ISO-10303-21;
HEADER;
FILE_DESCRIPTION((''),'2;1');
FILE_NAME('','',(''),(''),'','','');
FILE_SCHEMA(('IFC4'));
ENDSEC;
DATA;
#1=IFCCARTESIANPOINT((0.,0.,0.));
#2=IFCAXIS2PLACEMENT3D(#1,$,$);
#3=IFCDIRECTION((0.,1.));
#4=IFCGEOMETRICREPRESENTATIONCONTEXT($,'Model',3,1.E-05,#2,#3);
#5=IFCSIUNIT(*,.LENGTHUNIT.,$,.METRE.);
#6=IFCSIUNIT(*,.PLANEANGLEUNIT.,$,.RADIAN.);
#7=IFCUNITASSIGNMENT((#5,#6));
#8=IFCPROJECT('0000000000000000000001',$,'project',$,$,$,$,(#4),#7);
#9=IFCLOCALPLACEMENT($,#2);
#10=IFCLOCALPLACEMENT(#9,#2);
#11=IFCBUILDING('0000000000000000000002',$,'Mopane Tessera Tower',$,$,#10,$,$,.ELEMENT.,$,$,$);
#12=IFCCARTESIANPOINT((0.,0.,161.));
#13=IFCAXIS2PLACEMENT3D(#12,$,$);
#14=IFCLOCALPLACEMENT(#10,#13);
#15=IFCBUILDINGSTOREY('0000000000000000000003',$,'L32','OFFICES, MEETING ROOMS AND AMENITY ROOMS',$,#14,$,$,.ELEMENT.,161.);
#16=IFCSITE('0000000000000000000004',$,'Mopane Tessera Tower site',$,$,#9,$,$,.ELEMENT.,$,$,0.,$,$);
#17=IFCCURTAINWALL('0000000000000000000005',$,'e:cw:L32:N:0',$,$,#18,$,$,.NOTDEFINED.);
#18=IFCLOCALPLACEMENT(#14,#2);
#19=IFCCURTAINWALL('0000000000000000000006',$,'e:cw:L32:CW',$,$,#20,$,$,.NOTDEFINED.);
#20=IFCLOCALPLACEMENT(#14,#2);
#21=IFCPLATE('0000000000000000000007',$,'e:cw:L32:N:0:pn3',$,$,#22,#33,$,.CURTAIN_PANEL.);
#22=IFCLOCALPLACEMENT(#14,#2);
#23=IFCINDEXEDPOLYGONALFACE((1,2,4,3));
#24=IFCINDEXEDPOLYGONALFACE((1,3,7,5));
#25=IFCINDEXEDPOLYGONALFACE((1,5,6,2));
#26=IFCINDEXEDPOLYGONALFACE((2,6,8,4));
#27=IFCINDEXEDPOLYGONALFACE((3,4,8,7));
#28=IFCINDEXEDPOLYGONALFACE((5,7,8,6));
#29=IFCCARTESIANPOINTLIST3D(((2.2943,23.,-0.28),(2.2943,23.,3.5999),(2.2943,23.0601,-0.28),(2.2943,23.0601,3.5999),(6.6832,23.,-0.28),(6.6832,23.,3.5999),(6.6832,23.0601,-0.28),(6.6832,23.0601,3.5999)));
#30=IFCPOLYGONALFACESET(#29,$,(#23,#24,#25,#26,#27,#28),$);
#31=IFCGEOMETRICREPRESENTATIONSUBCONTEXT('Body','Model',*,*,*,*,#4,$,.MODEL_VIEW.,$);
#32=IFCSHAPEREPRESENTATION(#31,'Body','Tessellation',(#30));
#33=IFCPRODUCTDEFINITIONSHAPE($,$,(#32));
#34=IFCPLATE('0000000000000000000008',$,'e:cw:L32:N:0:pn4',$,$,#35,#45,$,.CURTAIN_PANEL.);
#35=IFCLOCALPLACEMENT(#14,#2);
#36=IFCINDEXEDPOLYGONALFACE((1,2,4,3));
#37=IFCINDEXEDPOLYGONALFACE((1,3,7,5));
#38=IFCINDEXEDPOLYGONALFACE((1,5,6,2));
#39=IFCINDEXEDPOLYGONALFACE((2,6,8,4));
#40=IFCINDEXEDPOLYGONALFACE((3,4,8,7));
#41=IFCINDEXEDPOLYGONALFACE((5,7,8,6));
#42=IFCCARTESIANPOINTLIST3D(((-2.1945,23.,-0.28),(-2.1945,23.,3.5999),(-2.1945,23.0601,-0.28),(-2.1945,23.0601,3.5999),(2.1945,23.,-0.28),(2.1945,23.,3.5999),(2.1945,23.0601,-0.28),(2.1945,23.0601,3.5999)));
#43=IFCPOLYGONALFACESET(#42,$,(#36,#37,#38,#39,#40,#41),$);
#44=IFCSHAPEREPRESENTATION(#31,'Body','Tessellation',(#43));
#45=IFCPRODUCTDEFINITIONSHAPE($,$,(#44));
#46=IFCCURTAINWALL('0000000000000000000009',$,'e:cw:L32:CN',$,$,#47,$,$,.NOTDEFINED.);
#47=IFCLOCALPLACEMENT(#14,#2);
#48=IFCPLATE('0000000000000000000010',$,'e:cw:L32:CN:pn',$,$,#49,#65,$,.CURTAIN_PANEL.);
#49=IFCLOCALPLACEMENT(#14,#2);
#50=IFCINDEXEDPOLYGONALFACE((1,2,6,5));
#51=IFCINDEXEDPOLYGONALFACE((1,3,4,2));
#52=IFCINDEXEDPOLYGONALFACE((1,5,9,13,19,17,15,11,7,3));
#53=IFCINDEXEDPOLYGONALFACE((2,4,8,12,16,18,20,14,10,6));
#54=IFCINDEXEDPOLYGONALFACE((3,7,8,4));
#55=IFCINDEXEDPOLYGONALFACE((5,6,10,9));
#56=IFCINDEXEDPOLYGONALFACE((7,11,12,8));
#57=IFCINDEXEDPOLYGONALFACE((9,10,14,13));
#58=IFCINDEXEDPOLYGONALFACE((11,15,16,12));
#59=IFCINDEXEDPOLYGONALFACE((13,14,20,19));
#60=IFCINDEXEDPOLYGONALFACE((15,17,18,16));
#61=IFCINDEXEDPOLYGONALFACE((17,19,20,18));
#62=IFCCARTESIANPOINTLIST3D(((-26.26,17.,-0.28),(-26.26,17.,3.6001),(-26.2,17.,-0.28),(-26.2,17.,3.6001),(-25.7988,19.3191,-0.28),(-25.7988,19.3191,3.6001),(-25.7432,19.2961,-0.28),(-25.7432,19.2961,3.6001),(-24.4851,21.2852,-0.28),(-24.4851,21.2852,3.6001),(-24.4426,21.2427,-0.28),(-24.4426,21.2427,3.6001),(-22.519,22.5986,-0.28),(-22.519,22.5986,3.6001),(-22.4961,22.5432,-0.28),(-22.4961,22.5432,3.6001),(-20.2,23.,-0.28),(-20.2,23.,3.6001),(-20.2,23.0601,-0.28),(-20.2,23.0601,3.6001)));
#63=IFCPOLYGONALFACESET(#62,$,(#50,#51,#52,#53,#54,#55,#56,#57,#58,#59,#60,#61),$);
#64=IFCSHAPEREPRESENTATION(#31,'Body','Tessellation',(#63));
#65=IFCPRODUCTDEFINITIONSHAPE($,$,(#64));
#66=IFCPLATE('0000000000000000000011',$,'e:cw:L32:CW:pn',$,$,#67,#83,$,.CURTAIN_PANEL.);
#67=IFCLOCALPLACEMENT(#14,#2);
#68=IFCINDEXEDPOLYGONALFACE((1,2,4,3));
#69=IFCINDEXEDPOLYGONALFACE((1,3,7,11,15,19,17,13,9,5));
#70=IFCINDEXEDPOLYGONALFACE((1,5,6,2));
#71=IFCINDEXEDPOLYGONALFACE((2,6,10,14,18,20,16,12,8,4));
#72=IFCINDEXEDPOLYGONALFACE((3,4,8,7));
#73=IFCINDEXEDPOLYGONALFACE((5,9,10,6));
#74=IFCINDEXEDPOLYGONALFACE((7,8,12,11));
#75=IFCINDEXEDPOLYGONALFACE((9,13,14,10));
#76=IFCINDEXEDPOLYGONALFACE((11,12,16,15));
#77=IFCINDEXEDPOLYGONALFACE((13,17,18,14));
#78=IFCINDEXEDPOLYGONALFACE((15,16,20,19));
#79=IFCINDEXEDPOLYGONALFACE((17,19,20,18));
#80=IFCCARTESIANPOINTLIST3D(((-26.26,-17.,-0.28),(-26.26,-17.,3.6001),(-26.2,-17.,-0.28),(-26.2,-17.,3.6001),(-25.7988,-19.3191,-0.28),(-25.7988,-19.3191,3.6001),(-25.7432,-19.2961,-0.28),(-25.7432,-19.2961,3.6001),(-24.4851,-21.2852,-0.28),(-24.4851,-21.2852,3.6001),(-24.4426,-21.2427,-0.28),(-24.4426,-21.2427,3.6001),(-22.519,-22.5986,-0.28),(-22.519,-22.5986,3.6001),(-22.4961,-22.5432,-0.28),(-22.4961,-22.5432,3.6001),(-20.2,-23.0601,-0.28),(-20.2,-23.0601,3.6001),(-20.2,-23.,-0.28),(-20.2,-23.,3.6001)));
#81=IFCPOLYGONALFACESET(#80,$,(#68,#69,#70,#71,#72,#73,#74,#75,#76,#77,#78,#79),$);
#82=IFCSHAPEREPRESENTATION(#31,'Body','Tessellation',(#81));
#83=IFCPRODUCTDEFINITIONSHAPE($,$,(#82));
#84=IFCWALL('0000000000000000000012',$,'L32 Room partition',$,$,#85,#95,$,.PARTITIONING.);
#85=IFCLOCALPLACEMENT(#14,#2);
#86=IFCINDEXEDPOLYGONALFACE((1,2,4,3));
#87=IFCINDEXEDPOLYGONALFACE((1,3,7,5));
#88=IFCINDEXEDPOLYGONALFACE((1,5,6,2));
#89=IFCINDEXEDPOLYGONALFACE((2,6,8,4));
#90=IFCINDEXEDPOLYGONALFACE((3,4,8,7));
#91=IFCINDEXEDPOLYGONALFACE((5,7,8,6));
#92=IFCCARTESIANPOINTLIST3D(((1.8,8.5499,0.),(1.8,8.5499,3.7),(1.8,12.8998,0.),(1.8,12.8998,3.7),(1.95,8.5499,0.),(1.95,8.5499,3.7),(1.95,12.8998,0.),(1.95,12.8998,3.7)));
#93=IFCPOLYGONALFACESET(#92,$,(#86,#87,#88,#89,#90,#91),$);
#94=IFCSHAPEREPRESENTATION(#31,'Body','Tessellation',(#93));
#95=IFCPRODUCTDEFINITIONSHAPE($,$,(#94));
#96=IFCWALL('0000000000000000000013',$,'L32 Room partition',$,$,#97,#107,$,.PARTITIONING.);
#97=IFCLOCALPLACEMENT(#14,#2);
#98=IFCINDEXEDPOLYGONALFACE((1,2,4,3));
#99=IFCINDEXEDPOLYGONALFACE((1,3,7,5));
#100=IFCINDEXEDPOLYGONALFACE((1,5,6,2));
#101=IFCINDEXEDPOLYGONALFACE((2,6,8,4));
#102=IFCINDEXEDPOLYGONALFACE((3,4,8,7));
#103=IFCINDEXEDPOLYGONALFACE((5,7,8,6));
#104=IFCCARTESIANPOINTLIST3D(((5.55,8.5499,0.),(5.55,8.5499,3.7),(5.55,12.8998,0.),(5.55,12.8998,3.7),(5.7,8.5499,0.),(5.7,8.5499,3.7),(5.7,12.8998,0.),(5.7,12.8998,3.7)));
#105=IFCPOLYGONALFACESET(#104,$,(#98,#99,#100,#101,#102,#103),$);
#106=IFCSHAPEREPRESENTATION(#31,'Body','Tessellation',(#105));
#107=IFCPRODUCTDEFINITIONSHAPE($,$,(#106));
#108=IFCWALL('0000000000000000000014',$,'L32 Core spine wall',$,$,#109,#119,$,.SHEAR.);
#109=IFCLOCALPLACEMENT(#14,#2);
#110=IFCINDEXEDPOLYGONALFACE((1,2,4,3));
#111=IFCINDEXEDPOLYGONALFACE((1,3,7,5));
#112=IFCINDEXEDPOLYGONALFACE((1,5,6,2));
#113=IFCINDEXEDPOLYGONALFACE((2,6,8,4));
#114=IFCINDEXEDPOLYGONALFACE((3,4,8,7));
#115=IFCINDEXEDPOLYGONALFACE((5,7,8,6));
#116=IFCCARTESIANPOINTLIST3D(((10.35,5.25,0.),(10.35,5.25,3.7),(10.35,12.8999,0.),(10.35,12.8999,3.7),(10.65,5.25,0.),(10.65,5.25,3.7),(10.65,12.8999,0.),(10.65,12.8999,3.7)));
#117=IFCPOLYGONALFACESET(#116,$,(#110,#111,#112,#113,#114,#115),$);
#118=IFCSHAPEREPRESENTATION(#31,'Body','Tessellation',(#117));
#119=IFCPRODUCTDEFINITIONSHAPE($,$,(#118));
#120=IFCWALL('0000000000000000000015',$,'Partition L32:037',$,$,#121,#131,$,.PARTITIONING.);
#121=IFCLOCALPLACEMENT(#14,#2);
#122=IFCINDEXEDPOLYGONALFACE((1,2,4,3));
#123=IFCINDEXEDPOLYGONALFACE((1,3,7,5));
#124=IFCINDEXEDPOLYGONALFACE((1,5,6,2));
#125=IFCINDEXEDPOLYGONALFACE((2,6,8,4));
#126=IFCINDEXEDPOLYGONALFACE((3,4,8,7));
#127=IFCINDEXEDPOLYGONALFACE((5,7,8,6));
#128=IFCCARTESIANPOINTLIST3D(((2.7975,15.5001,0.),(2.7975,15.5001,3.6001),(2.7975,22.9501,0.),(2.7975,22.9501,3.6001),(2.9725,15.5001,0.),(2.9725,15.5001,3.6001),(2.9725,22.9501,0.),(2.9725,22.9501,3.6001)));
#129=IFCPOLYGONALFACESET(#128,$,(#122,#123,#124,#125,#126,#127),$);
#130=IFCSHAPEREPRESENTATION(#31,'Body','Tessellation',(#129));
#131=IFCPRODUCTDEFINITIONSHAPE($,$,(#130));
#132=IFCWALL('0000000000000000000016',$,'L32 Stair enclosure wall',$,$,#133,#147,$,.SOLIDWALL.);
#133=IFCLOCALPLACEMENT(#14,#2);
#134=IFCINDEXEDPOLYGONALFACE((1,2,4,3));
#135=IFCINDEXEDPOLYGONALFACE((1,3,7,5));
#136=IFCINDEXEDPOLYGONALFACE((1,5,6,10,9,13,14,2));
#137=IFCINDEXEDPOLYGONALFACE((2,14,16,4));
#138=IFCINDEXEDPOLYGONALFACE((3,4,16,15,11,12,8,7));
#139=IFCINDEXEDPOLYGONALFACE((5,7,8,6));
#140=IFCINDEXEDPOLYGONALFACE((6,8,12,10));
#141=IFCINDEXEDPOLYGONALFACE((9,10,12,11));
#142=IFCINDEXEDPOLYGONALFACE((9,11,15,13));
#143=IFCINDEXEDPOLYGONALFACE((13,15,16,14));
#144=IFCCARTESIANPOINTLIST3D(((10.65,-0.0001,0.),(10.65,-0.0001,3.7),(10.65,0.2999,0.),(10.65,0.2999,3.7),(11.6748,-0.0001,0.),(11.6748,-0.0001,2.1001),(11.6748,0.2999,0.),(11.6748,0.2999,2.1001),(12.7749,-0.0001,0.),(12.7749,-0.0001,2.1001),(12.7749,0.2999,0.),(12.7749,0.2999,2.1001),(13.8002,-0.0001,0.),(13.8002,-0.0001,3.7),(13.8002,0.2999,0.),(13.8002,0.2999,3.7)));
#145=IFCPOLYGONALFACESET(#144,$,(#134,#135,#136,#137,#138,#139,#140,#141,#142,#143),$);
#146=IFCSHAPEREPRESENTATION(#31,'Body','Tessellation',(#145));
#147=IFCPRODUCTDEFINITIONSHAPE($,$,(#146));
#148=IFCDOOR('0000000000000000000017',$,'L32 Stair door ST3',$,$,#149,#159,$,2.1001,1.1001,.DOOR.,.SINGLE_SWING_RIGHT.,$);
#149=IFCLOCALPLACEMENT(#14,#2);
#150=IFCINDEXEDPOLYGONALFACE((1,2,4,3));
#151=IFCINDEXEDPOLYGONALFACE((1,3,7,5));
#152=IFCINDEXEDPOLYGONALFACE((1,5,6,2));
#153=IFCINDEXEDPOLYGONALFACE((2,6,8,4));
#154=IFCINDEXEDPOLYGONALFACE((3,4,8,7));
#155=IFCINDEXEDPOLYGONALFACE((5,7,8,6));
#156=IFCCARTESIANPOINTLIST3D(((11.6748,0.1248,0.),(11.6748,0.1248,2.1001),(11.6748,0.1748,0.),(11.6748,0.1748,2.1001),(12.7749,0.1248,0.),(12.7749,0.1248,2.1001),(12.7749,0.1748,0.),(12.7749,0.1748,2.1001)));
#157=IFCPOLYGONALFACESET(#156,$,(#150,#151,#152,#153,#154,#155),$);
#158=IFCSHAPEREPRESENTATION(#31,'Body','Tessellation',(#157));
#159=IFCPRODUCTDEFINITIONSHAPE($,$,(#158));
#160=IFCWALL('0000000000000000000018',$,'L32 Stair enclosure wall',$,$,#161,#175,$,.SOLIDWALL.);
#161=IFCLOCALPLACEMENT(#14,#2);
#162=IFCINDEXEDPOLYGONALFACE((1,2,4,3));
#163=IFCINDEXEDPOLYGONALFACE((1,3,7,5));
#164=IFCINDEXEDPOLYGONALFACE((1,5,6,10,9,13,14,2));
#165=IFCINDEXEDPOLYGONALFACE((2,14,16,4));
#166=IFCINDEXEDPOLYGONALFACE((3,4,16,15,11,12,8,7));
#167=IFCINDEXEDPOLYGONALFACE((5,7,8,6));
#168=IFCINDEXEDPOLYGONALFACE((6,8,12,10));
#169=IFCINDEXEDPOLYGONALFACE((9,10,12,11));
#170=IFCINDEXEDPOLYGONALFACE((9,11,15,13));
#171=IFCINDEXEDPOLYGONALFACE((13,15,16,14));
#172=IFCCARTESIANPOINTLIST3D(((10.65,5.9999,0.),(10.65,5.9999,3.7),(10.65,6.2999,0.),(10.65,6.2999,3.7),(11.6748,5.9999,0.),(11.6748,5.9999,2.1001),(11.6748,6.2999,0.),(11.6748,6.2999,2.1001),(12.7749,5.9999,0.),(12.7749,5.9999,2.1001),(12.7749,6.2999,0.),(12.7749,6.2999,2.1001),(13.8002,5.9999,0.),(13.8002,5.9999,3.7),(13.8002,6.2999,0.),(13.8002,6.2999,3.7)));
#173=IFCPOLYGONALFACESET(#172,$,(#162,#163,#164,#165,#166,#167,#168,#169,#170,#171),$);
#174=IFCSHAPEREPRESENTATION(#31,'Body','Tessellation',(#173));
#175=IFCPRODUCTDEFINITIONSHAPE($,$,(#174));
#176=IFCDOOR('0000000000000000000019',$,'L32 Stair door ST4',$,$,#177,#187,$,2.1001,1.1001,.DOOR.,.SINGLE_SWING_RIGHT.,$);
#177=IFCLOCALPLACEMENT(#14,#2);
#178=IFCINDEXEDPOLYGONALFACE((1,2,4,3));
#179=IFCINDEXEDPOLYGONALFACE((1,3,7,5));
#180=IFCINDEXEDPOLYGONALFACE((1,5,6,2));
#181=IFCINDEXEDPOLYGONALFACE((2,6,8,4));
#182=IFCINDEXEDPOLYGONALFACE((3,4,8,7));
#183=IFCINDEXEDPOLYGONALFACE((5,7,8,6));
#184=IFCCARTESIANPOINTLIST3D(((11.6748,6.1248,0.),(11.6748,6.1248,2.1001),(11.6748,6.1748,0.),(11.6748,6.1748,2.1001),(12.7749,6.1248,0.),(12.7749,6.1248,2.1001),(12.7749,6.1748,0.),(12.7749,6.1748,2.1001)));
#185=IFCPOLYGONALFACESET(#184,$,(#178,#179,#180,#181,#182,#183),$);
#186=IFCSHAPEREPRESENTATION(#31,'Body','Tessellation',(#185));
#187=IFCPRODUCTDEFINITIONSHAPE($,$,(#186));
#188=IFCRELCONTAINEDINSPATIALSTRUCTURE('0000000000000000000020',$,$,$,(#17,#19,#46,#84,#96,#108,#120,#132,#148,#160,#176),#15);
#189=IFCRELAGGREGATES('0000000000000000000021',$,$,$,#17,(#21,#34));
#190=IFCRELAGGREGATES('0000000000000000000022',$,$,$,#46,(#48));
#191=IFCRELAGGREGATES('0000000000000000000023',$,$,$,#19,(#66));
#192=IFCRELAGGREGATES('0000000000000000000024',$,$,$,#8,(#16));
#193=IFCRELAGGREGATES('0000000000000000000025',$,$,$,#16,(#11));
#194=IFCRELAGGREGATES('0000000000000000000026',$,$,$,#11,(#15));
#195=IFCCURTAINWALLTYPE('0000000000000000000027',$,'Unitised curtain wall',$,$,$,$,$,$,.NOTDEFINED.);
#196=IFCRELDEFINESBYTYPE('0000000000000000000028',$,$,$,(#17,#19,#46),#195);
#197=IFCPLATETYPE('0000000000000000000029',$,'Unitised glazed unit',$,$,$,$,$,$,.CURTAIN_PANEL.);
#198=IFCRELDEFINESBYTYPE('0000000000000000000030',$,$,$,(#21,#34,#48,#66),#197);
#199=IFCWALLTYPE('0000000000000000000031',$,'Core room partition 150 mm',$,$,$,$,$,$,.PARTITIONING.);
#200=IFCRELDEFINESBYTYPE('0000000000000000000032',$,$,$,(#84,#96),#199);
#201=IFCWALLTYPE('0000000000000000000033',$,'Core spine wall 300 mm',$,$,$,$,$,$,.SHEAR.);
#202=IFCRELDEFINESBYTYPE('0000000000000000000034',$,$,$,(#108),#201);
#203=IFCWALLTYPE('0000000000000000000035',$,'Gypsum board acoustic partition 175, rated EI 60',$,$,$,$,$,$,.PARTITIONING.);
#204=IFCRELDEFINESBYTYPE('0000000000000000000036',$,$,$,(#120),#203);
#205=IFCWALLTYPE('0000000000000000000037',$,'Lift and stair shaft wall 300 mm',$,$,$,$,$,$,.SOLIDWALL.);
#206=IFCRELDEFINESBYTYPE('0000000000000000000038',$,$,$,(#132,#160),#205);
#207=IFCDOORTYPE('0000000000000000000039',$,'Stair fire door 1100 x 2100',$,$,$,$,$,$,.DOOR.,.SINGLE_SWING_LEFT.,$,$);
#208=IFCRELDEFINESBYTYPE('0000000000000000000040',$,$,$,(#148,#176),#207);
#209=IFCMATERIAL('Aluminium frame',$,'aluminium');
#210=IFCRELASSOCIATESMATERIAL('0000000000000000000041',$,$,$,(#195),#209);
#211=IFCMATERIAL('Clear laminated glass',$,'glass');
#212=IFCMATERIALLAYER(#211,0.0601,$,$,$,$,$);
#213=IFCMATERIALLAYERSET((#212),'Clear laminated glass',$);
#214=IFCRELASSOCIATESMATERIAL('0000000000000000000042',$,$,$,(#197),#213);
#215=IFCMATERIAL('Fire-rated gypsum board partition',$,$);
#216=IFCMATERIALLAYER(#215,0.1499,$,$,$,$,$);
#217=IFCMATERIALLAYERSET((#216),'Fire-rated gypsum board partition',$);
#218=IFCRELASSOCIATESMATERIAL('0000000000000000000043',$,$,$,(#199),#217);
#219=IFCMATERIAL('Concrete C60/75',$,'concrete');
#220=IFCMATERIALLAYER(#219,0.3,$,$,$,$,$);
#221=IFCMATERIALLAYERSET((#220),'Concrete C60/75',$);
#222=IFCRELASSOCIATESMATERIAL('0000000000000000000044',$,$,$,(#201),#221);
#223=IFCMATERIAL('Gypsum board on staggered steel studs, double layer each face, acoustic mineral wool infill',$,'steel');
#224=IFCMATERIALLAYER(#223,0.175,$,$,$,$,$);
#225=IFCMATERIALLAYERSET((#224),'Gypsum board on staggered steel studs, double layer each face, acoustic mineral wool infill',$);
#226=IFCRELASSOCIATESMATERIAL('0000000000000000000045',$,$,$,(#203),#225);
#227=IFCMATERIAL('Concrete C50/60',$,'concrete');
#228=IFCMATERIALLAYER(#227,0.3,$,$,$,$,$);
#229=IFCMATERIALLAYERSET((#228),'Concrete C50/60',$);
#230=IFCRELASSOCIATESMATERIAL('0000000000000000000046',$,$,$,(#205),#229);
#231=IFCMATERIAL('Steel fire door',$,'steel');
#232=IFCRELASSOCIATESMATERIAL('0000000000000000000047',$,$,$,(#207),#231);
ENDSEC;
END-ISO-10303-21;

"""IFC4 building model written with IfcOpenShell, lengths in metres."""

from ifc_helpers import new_model, si_unit, direction, frame, frame_2d, origin, origin_2d, place, context, subcontext, project, spatial, polyline, rectangle, outline, extrude, material, layer, layer_set, type_object, element, fill, aggregate, save


model = new_model("IFC4")

# Units and contexts
model_context = context("Model", 3, precision=1e-05, world=origin(), true_north=direction((0.0, 1.0)))
body_context = subcontext(model_context, "Body", "Model", "MODEL_VIEW")
ifc_project = project(units=[si_unit("LENGTHUNIT", "METRE"), si_unit("PLANEANGLEUNIT", "RADIAN")], contexts=[model_context])

# Site, building, storey
site_placement = place(None, origin())
site = spatial("IfcSite", under=ifc_project, at=site_placement, Name="Mopane Tessera Tower site", CompositionType="ELEMENT", RefElevation=0.0)
building_placement = place(site_placement, origin())
building = spatial("IfcBuilding", under=site, at=building_placement, Name="Mopane Tessera Tower", CompositionType="ELEMENT")
storey_placement = place(building_placement, frame((0.0, 0.0, 161.0)))
storey = spatial("IfcBuildingStorey", under=building, at=storey_placement, Name="L32", Description="OFFICES, MEETING ROOMS AND AMENITY ROOMS", CompositionType="ELEMENT", Elevation=161.0)

# Curtain wall
ifc_material_1 = material(Name="Aluminium frame", Category="aluminium")
curtain_wall_type = type_object("IfcCurtainWallType", Name="Unitised curtain wall", PredefinedType="NOTDEFINED", material=ifc_material_1)
curtain_wall_1_placement = place(storey_placement, origin())
curtain_wall_1 = element("IfcCurtainWall", 1, at=curtain_wall_1_placement, inside=storey, type_object=curtain_wall_type, Name="e:cw:L32:N:0", PredefinedType="NOTDEFINED")

# Curtain wall
curtain_wall_2_placement = place(storey_placement, origin())
curtain_wall_2 = element("IfcCurtainWall", 2, at=curtain_wall_2_placement, inside=storey, type_object=curtain_wall_type, Name="e:cw:L32:CW", PredefinedType="NOTDEFINED")

# Plates
ifc_material_2 = material(Name="Clear laminated glass", Category="glass")
ifc_layer_1 = layer(ifc_material_2, 0.0601)
ifc_layer_set_1 = layer_set([ifc_layer_1], Name="Clear laminated glass")
plate_type = type_object("IfcPlateType", Name="Unitised glazed unit", PredefinedType="CURTAIN_PANEL", material=ifc_layer_set_1)
plate_1_placement = place(storey_placement, frame((4.4888, 23.03, -0.28), z_axis=(0.0, 0.0, 1.0), x_axis=(-1.0, 0.0, 0.0)))
plate_1 = element("IfcPlate", 3, at=plate_1_placement, type_object=plate_type, Name="e:cw:L32:N:0:pn3", PredefinedType="CURTAIN_PANEL", context=body_context, shape_type="SweptSolid", body=[
    extrude(rectangle(XDim=4.3889, YDim=0.0601, at=origin_2d()), origin(), (0.0, 0.0, 1.0), 3.8799),
])
plate_2_placement = place(storey_placement, frame((0.0, 23.03, -0.28), z_axis=(0.0, 0.0, 1.0), x_axis=(-1.0, 0.0, 0.0)))
plate_2 = element("IfcPlate", 4, at=plate_2_placement, type_object=plate_type, Name="e:cw:L32:N:0:pn4", PredefinedType="CURTAIN_PANEL", context=body_context, shape_type="SweptSolid", body=[
    extrude(rectangle(XDim=4.3889, YDim=0.0601, at=origin_2d()), origin(), (0.0, 0.0, 1.0), 3.8799),
])
aggregate(curtain_wall_1, [plate_1, plate_2])

# Curtain wall, plate
curtain_wall_3_placement = place(storey_placement, origin())
curtain_wall_3 = element("IfcCurtainWall", 5, at=curtain_wall_3_placement, inside=storey, type_object=curtain_wall_type, Name="e:cw:L32:CN", PredefinedType="NOTDEFINED")
plate_3_placement = place(storey_placement, frame((0.0, 0.0, -0.28)))
plate_3 = element("IfcPlate", 6, at=plate_3_placement, type_object=plate_type, Name="e:cw:L32:CN:pn", PredefinedType="CURTAIN_PANEL", context=body_context, shape_type="SweptSolid", body=[
    extrude(outline(polyline([(-20.2, 23.0), (-22.4961, 22.5432), (-24.4426, 21.2427), (-25.7432, 19.2961), (-26.2, 17.0), (-26.26, 17.0), (-25.7988, 19.3191), (-24.4851, 21.2852), (-22.519, 22.5986), (-20.2, 23.0601), (-20.2, 23.0)])), origin(), (0.0, 0.0, 1.0), 3.8801),
])
aggregate(curtain_wall_3, [plate_3])

# Plate
plate_4_placement = place(storey_placement, frame((0.0, 0.0, -0.28)))
plate_4 = element("IfcPlate", 7, at=plate_4_placement, type_object=plate_type, Name="e:cw:L32:CW:pn", PredefinedType="CURTAIN_PANEL", context=body_context, shape_type="SweptSolid", body=[
    extrude(outline(polyline([(-26.2, -17.0), (-25.7432, -19.2961), (-24.4426, -21.2427), (-22.4961, -22.5432), (-20.2, -23.0), (-20.2, -23.0601), (-22.519, -22.5986), (-24.4851, -21.2852), (-25.7988, -19.3191), (-26.26, -17.0), (-26.2, -17.0)])), origin(), (0.0, 0.0, 1.0), 3.8801),
])
aggregate(curtain_wall_2, [plate_4])

# Walls
ifc_material_3 = material(Name="Fire-rated gypsum board partition")
ifc_layer_2 = layer(ifc_material_3, 0.1499)
ifc_layer_set_2 = layer_set([ifc_layer_2], Name="Fire-rated gypsum board partition")
wall_type_1 = type_object("IfcWallType", Name="Core room partition 150 mm", PredefinedType="PARTITIONING", material=ifc_layer_set_2)
for number, where, z_axis, x_axis, name in (
    (8, (1.875, 8.55, 0.0), (0.0, 0.0, 1.0), (0.0, 1.0, 0.0), "L32 Room partition"),
    (9, (5.625, 8.55, 0.0), (0.0, 0.0, 1.0), (0.0, 1.0, 0.0), "L32 Room partition"),
):
    element("IfcWall", number, at=place(storey_placement, frame(where, z_axis=z_axis, x_axis=x_axis)), inside=storey, type_object=wall_type_1, Name=name, PredefinedType="PARTITIONING", context=body_context, shape_type="SweptSolid", body=[
        extrude(rectangle(XDim=4.3499, YDim=0.1499, at=frame_2d((2.1748, 0.0))), origin(), (0.0, 0.0, 1.0), 3.7),
    ])
ifc_material_4 = material(Name="Concrete C60/75", Category="concrete")
ifc_layer_3 = layer(ifc_material_4, 0.3)
ifc_layer_set_3 = layer_set([ifc_layer_3], Name="Concrete C60/75")
wall_type_2 = type_object("IfcWallType", Name="Core spine wall 300 mm", PredefinedType="SHEAR", material=ifc_layer_set_3)
wall_1_placement = place(storey_placement, frame((10.5, 5.25, 0.0), z_axis=(0.0, 0.0, 1.0), x_axis=(0.0, 1.0, 0.0)))
element("IfcWall", 10, at=wall_1_placement, inside=storey, type_object=wall_type_2, Name="L32 Core spine wall", PredefinedType="SHEAR", context=body_context, shape_type="SweptSolid", body=[
    extrude(rectangle(XDim=7.6499, YDim=0.3, at=frame_2d((3.825, 0.0))), origin(), (0.0, 0.0, 1.0), 3.7),
])
ifc_material_5 = material(Name="Gypsum board on staggered steel studs, double layer each face, acoustic mineral wool infill", Category="steel")
ifc_layer_4 = layer(ifc_material_5, 0.175)
ifc_layer_set_4 = layer_set([ifc_layer_4], Name="Gypsum board on staggered steel studs, double layer each face, acoustic mineral wool infill")
wall_type_3 = type_object("IfcWallType", Name="Gypsum board acoustic partition 175, rated EI 60", PredefinedType="PARTITIONING", material=ifc_layer_set_4)
wall_2_placement = place(storey_placement, frame((2.885, 15.5, 0.0), z_axis=(0.0, 0.0, 1.0), x_axis=(0.0, 1.0, 0.0)))
element("IfcWall", 11, at=wall_2_placement, inside=storey, type_object=wall_type_3, Name="Partition L32:037", PredefinedType="PARTITIONING", context=body_context, shape_type="SweptSolid", body=[
    extrude(rectangle(XDim=7.45, YDim=0.175, at=frame_2d((3.7251, 0.0))), origin(), (0.0, 0.0, 1.0), 3.6001),
])

# Walls, openings, doors
ifc_material_6 = material(Name="Concrete C50/60", Category="concrete")
ifc_layer_5 = layer(ifc_material_6, 0.3)
ifc_layer_set_5 = layer_set([ifc_layer_5], Name="Concrete C50/60")
wall_type_4 = type_object("IfcWallType", Name="Lift and stair shaft wall 300 mm", PredefinedType="SOLIDWALL", material=ifc_layer_set_5)
wall_3_placement = place(storey_placement, frame((10.6499, 0.1499, 0.0), z_axis=(0.0, 0.0, 1.0), x_axis=(1.0, 0.0, 0.0)))
wall_3 = element("IfcWall", 12, at=wall_3_placement, inside=storey, type_object=wall_type_4, Name="L32 Stair enclosure wall", PredefinedType="SOLIDWALL", context=body_context, shape_type="SweptSolid", body=[
    extrude(rectangle(XDim=3.1501, YDim=0.3, at=frame_2d((1.5752, 0.0))), origin(), (0.0, 0.0, 1.0), 3.7),
])
opening_1_placement = place(wall_3_placement, frame((1.0249, 0.0, 0.0)))
opening_1 = element("IfcOpeningElement", 13, at=opening_1_placement, cuts=wall_3, PredefinedType="OPENING", context=body_context, shape_type="SweptSolid", body=[
    extrude(rectangle(XDim=1.1001, YDim=2.1001, at=frame_2d((0.55, 1.05))), frame((0.0, 0.1621, 0.0), z_axis=(0.0, -1.0, 0.0), x_axis=(1.0, 0.0, 0.0)), (0.0, 0.0, 1.0), 0.324),
])
ifc_material_7 = material(Name="Steel fire door", Category="steel")
door_type = type_object("IfcDoorType", Name="Stair fire door 1100 x 2100", OperationType="SINGLE_SWING_LEFT", PredefinedType="DOOR", material=ifc_material_7)
door_1_placement = place(opening_1_placement, origin())
door_1 = element("IfcDoor", 14, at=door_1_placement, inside=storey, type_object=door_type, Name="L32 Stair door ST3", OperationType="SINGLE_SWING_RIGHT", OverallHeight=2.1001, OverallWidth=1.1001, PredefinedType="DOOR", context=body_context, shape_type="SweptSolid", body=[
    extrude(rectangle(XDim=1.1001, YDim=2.1001, at=frame_2d((0.55, 1.05))), frame((0.0, 0.0249, 0.0), z_axis=(0.0, -1.0, 0.0), x_axis=(1.0, 0.0, 0.0)), (0.0, 0.0, 1.0), 0.05),
])
fill(opening_1, door_1)
wall_4_placement = place(storey_placement, frame((10.6499, 6.1499, 0.0), z_axis=(0.0, 0.0, 1.0), x_axis=(1.0, 0.0, 0.0)))
wall_4 = element("IfcWall", 15, at=wall_4_placement, inside=storey, type_object=wall_type_4, Name="L32 Stair enclosure wall", PredefinedType="SOLIDWALL", context=body_context, shape_type="SweptSolid", body=[
    extrude(rectangle(XDim=3.1501, YDim=0.3, at=frame_2d((1.5752, 0.0))), origin(), (0.0, 0.0, 1.0), 3.7),
])
opening_2_placement = place(wall_4_placement, frame((1.0249, 0.0, 0.0)))
opening_2 = element("IfcOpeningElement", 16, at=opening_2_placement, cuts=wall_4, PredefinedType="OPENING", context=body_context, shape_type="SweptSolid", body=[
    extrude(rectangle(XDim=1.1001, YDim=2.1001, at=frame_2d((0.55, 1.05))), frame((0.0, 0.1621, 0.0), z_axis=(0.0, -1.0, 0.0), x_axis=(1.0, 0.0, 0.0)), (0.0, 0.0, 1.0), 0.324),
])
door_2_placement = place(opening_2_placement, origin())
door_2 = element("IfcDoor", 17, at=door_2_placement, inside=storey, type_object=door_type, Name="L32 Stair door ST4", OperationType="SINGLE_SWING_RIGHT", OverallHeight=2.1001, OverallWidth=1.1001, PredefinedType="DOOR", context=body_context, shape_type="SweptSolid", body=[
    extrude(rectangle(XDim=1.1001, YDim=2.1001, at=frame_2d((0.55, 1.05))), frame((0.0, 0.0249, 0.0), z_axis=(0.0, -1.0, 0.0), x_axis=(1.0, 0.0, 0.0)), (0.0, 0.0, 1.0), 0.05),
])
fill(opening_2, door_2)

save(model, "model.ifc")
